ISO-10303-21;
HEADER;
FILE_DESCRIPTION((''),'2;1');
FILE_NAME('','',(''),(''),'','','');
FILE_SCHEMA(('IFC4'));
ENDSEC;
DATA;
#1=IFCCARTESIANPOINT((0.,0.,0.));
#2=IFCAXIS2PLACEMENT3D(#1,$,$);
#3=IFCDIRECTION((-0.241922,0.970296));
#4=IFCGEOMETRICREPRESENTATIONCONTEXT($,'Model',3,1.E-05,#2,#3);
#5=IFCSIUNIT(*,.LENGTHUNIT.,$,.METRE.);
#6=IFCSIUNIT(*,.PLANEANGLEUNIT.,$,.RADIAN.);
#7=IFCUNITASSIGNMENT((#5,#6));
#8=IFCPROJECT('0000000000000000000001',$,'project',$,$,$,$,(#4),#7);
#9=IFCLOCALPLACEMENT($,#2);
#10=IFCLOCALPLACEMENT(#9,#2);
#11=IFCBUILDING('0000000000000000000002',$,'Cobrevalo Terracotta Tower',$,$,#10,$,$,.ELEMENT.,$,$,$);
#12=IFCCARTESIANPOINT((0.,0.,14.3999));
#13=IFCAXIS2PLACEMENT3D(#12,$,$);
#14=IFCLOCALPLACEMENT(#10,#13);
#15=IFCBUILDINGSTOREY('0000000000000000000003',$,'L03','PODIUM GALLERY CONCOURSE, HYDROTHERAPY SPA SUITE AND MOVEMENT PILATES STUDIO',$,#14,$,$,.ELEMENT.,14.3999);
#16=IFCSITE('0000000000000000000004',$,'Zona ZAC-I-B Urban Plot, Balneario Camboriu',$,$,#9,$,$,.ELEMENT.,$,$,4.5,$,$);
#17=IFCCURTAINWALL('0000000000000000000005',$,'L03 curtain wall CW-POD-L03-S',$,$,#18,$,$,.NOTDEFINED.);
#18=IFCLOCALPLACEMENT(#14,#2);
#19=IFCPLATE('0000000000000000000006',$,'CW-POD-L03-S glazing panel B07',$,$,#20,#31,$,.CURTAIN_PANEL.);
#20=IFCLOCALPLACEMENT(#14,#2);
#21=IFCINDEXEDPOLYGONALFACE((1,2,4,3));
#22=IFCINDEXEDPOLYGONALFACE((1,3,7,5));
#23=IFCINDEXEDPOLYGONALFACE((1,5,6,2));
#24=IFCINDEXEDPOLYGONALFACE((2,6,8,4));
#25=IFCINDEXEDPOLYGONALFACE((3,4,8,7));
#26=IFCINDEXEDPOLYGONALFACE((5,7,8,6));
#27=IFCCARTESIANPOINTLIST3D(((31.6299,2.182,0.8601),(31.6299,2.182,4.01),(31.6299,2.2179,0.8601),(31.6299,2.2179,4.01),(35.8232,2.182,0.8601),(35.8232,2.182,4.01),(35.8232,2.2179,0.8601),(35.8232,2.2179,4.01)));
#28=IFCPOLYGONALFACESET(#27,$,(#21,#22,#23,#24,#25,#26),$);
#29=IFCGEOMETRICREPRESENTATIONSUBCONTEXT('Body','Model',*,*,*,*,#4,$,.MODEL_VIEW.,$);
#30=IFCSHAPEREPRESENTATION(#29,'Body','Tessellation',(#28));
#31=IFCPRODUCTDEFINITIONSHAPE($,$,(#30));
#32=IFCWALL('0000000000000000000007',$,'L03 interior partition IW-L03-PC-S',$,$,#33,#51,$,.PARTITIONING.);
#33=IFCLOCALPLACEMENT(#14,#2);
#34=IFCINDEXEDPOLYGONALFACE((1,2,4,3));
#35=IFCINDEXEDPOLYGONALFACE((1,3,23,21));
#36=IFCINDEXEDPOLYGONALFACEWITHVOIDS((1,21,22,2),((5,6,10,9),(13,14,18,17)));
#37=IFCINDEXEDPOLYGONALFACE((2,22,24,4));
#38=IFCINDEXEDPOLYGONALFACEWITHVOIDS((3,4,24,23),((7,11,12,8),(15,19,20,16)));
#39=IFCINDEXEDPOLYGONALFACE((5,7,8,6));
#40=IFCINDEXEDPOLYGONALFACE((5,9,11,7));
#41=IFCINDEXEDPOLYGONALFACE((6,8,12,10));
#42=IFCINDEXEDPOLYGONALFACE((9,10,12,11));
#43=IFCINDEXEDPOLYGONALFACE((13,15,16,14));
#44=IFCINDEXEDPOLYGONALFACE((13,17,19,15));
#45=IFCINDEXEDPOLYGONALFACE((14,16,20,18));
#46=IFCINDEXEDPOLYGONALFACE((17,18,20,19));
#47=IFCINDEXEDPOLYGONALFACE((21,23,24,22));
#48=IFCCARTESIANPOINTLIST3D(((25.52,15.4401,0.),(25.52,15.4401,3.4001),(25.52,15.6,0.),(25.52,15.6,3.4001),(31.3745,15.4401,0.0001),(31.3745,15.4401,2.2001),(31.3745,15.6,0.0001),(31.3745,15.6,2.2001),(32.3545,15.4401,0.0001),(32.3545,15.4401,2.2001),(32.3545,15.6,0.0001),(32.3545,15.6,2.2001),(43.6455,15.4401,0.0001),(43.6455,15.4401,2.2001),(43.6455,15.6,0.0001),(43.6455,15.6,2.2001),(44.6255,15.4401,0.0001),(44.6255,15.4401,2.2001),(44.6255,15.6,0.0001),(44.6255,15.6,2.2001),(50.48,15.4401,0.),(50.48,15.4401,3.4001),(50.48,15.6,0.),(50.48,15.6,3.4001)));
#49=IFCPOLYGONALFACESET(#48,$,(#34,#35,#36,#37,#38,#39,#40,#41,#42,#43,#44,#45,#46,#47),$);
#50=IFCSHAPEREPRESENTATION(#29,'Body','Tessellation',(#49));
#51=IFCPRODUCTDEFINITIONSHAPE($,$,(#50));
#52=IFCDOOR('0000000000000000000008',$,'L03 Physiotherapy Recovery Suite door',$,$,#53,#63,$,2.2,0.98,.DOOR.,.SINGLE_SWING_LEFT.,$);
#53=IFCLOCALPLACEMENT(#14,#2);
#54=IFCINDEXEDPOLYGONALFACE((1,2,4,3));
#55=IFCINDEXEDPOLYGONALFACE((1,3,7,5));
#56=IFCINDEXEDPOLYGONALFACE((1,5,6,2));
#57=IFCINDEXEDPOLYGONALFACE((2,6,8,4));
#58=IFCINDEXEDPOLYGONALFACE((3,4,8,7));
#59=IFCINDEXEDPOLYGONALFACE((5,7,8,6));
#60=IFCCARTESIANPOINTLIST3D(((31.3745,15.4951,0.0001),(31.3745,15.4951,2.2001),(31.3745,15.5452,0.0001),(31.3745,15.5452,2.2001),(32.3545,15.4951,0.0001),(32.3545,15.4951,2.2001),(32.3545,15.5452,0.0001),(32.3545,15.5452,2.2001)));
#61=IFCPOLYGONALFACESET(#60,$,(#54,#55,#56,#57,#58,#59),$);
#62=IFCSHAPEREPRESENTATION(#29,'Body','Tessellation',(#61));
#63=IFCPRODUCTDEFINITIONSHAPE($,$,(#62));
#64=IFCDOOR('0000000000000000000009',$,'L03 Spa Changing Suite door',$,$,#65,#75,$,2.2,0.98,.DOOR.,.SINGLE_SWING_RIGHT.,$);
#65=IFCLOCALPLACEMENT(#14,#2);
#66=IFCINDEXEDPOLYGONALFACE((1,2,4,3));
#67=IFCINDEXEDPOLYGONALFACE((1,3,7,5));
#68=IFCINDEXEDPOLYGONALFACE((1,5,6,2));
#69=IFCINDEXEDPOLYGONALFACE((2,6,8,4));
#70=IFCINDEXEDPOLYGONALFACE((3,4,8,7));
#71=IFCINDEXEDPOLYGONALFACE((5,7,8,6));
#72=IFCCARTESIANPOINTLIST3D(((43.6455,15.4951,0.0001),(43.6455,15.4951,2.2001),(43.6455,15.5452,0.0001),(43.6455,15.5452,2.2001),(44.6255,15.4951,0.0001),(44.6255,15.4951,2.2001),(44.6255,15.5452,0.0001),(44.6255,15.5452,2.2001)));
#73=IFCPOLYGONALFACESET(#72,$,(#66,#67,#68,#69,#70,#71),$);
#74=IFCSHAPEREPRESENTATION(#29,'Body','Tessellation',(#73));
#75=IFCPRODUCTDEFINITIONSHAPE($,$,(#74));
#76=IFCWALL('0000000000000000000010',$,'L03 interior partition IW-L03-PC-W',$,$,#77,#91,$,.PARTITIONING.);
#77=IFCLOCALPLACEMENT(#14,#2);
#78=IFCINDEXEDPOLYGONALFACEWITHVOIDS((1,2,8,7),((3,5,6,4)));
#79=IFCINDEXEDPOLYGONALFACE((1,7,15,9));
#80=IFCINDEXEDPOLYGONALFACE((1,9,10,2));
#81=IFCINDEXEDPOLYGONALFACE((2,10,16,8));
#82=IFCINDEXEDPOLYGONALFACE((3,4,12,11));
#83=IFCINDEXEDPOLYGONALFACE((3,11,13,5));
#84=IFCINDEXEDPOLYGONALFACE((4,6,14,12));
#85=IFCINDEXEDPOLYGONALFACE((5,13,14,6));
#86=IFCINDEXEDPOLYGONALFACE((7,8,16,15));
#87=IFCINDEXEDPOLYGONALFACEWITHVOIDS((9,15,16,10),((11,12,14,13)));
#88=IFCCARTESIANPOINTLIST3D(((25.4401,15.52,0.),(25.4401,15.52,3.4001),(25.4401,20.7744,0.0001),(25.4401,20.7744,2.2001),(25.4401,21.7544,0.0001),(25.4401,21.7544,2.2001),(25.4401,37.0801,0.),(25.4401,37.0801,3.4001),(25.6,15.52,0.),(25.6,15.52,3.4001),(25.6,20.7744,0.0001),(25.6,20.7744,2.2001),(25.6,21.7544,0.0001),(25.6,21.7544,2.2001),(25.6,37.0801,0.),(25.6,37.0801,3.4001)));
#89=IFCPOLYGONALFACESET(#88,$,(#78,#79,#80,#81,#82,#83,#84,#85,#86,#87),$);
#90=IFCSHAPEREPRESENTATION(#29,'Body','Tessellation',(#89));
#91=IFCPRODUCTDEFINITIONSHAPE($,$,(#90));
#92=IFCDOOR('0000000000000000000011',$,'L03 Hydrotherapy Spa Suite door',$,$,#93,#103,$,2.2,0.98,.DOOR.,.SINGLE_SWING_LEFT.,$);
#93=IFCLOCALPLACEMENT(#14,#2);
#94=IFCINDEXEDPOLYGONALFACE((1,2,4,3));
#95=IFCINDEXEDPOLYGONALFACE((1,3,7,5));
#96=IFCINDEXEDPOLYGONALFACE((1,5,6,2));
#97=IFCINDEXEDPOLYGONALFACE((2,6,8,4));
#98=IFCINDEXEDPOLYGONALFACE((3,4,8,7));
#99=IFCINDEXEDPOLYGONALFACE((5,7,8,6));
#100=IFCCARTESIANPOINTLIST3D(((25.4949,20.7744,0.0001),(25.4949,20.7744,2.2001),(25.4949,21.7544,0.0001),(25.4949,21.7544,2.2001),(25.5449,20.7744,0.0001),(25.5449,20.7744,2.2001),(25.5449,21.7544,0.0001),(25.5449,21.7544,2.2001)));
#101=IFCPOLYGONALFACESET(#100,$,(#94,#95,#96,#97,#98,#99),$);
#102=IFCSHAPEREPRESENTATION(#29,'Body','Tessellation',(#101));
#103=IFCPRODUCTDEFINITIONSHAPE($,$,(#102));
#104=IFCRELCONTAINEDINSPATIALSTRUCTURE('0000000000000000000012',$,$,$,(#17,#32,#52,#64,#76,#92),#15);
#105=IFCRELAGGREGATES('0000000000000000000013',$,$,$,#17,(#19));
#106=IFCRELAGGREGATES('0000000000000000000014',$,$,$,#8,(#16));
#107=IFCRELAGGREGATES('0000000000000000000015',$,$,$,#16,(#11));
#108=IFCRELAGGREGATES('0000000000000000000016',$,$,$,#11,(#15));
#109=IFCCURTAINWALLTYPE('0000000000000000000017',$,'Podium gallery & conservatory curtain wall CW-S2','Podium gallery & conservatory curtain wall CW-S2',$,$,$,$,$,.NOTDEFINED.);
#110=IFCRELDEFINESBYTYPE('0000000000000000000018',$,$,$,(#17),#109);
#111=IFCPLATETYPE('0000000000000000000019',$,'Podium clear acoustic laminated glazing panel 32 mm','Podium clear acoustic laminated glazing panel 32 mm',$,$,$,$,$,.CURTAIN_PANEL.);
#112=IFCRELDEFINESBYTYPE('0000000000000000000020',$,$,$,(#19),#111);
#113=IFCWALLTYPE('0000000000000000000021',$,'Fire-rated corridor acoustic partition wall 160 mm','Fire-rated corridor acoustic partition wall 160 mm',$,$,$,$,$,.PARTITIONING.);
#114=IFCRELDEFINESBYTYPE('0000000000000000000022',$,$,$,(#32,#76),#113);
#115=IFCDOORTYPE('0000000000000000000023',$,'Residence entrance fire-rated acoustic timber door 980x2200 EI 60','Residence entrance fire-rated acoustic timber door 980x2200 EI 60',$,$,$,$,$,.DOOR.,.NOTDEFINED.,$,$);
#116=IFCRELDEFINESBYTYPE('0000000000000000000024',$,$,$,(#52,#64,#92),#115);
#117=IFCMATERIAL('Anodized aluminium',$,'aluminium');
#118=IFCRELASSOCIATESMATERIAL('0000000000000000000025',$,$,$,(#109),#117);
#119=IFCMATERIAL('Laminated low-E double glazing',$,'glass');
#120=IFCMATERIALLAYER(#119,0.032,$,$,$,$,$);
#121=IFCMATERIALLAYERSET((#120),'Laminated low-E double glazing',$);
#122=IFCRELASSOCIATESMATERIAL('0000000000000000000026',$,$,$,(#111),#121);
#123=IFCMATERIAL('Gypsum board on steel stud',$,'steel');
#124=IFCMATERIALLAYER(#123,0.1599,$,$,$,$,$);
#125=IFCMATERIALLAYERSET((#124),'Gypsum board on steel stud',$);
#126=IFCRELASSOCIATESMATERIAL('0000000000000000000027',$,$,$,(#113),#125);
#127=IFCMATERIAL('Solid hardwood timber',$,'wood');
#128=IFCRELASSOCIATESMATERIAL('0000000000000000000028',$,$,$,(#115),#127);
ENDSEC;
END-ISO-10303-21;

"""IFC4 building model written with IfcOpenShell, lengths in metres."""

from ifc_helpers import new_model, si_unit, direction, frame, frame_2d, origin, origin_2d, place, context, subcontext, project, spatial, rectangle, extrude, source, transform, mapped, material, layer, layer_set, type_object, element, fill, aggregate, save


model = new_model("IFC4")

# Units and contexts
model_context = context("Model", 3, precision=1e-05, world=origin(), true_north=direction((-0.241922, 0.970296)))
body_context = subcontext(model_context, "Body", "Model", "MODEL_VIEW")
ifc_project = project(units=[si_unit("LENGTHUNIT", "METRE"), si_unit("PLANEANGLEUNIT", "RADIAN")], contexts=[model_context])

# Site, building, storey
site_placement = place(None, origin())
site = spatial("IfcSite", under=ifc_project, at=site_placement, Name="Zona ZAC-I-B Urban Plot, Balneario Camboriu", CompositionType="ELEMENT", RefElevation=4.5)
building_placement = place(site_placement, origin())
building = spatial("IfcBuilding", under=site, at=building_placement, Name="Cobrevalo Terracotta Tower", CompositionType="ELEMENT")
storey_placement = place(building_placement, frame((0.0, 0.0, 14.3999)))
storey = spatial("IfcBuildingStorey", under=building, at=storey_placement, Name="L03", Description="PODIUM GALLERY CONCOURSE, HYDROTHERAPY SPA SUITE AND MOVEMENT PILATES STUDIO", CompositionType="ELEMENT", Elevation=14.3999)

# Curtain wall, plate
ifc_material_1 = material(Name="Anodized aluminium", Category="aluminium")
curtain_wall_type = type_object("IfcCurtainWallType", Name="Podium gallery & conservatory curtain wall CW-S2", Description="Podium gallery & conservatory curtain wall CW-S2", PredefinedType="NOTDEFINED", material=ifc_material_1)
curtain_wall_placement = place(storey_placement, origin())
curtain_wall = element("IfcCurtainWall", 1, at=curtain_wall_placement, inside=storey, type_object=curtain_wall_type, Name="L03 curtain wall CW-POD-L03-S", PredefinedType="NOTDEFINED")
ifc_material_2 = material(Name="Laminated low-E double glazing", Category="glass")
ifc_layer_1 = layer(ifc_material_2, 0.032)
ifc_layer_set_1 = layer_set([ifc_layer_1], Name="Laminated low-E double glazing")
plate_type_1 = type_object("IfcPlateType", Name="Podium clear acoustic laminated glazing panel 32 mm", Description="Podium clear acoustic laminated glazing panel 32 mm", PredefinedType="CURTAIN_PANEL", material=ifc_layer_set_1)
shared_shape_1 = source(origin(), body_context, "Body", "SweptSolid", [
    extrude(rectangle(XDim=4.1934, YDim=0.0359, at=origin_2d()), origin(), (0.0, 0.0, 1.0), 3.1499),
])
plate_1_placement = place(storey_placement, frame((33.7266, 2.2, 0.8601), z_axis=(0.0, 0.0, 1.0), x_axis=(1.0, 0.0, 0.0)))
plate_1 = element("IfcPlate", 2, at=plate_1_placement, type_object=plate_type_1, Name="CW-POD-L03-S glazing panel B07", PredefinedType="CURTAIN_PANEL", context=body_context, shape_type="MappedRepresentation", body=[
    mapped(shared_shape_1, transform((0.0, 0.0, 0.0), scale=1.0)),
])
aggregate(curtain_wall, [plate_1])

# Wall, openings, doors
ifc_material_3 = material(Name="Gypsum board on steel stud", Category="steel")
ifc_layer_2 = layer(ifc_material_3, 0.1599)
ifc_layer_set_2 = layer_set([ifc_layer_2], Name="Gypsum board on steel stud")
wall_type = type_object("IfcWallType", Name="Fire-rated corridor acoustic partition wall 160 mm", Description="Fire-rated corridor acoustic partition wall 160 mm", PredefinedType="PARTITIONING", material=ifc_layer_set_2)
wall_1_placement = place(storey_placement, frame((25.52, 15.52, 0.0), z_axis=(0.0, 0.0, 1.0), x_axis=(1.0, 0.0, 0.0)))
wall_1 = element("IfcWall", 3, at=wall_1_placement, inside=storey, type_object=wall_type, Name="L03 interior partition IW-L03-PC-S", PredefinedType="PARTITIONING", context=body_context, shape_type="SweptSolid", body=[
    extrude(rectangle(XDim=24.96, YDim=0.1599, at=frame_2d((12.48, 0.0))), origin(), (0.0, 0.0, 1.0), 3.4001),
])
opening_1_placement = place(wall_1_placement, frame((5.8545, 0.0, 0.0)))
opening_1 = element("IfcOpeningElement", 4, at=opening_1_placement, cuts=wall_1, PredefinedType="OPENING", context=body_context, shape_type="SweptSolid", body=[
    extrude(rectangle(XDim=0.98, YDim=2.2, at=frame_2d((0.49, 1.1001))), frame((0.0, 0.0898, 0.0), z_axis=(0.0, -1.0, 0.0), x_axis=(1.0, 0.0, 0.0)), (0.0, 0.0, 1.0), 0.1799),
])
opening_2_placement = place(wall_1_placement, frame((18.1255, 0.0, 0.0)))
opening_2 = element("IfcOpeningElement", 5, at=opening_2_placement, cuts=wall_1, PredefinedType="OPENING", context=body_context, shape_type="SweptSolid", body=[
    extrude(rectangle(XDim=0.98, YDim=2.2, at=frame_2d((0.49, 1.1001))), frame((0.0, 0.0898, 0.0), z_axis=(0.0, -1.0, 0.0), x_axis=(1.0, 0.0, 0.0)), (0.0, 0.0, 1.0), 0.1799),
])
ifc_material_4 = material(Name="Solid hardwood timber", Category="wood")
door_type = type_object("IfcDoorType", Name="Residence entrance fire-rated acoustic timber door 980x2200 EI 60", Description="Residence entrance fire-rated acoustic timber door 980x2200 EI 60", OperationType="NOTDEFINED", PredefinedType="DOOR", material=ifc_material_4)
shared_shape_2 = source(origin(), body_context, "Body", "SweptSolid", [
    extrude(rectangle(XDim=0.98, YDim=2.2, at=frame_2d((0.49, 1.1001))), frame((0.0, 0.0249, 0.0), z_axis=(0.0, -1.0, 0.0), x_axis=(1.0, 0.0, 0.0)), (0.0, 0.0, 1.0), 0.05),
])
door_1_placement = place(opening_1_placement, frame((0.98, 0.0, 0.0), z_axis=(0.0, 0.0, 1.0), x_axis=(-1.0, 0.0, 0.0)))
door_1 = element("IfcDoor", 6, at=door_1_placement, inside=storey, type_object=door_type, Name="L03 Physiotherapy Recovery Suite door", OperationType="SINGLE_SWING_LEFT", OverallHeight=2.2, OverallWidth=0.98, PredefinedType="DOOR", context=body_context, shape_type="MappedRepresentation", body=[
    mapped(shared_shape_2, transform((0.0, 0.0, 0.0), scale=1.0)),
])
fill(opening_1, door_1)
door_2_placement = place(opening_2_placement, frame((0.98, 0.0, 0.0), z_axis=(0.0, 0.0, 1.0), x_axis=(-1.0, 0.0, 0.0)))
door_2 = element("IfcDoor", 7, at=door_2_placement, inside=storey, type_object=door_type, Name="L03 Spa Changing Suite door", OperationType="SINGLE_SWING_RIGHT", OverallHeight=2.2, OverallWidth=0.98, PredefinedType="DOOR", context=body_context, shape_type="MappedRepresentation", body=[
    mapped(shared_shape_2, transform((0.0, 0.0, 0.0), scale=1.0)),
])
fill(opening_2, door_2)

# Wall, opening, door
wall_2_placement = place(storey_placement, frame((25.52, 15.52, 0.0), z_axis=(0.0, 0.0, 1.0), x_axis=(0.0, 1.0, 0.0)))
wall_2 = element("IfcWall", 8, at=wall_2_placement, inside=storey, type_object=wall_type, Name="L03 interior partition IW-L03-PC-W", PredefinedType="PARTITIONING", context=body_context, shape_type="SweptSolid", body=[
    extrude(rectangle(XDim=21.5601, YDim=0.1599, at=frame_2d((10.78, 0.0))), origin(), (0.0, 0.0, 1.0), 3.4001),
])
opening_3_placement = place(wall_2_placement, frame((5.2544, 0.0, 0.0)))
opening_3 = element("IfcOpeningElement", 9, at=opening_3_placement, cuts=wall_2, PredefinedType="OPENING", context=body_context, shape_type="SweptSolid", body=[
    extrude(rectangle(XDim=0.98, YDim=2.2, at=frame_2d((0.49, 1.1001))), frame((0.0, 0.0898, 0.0), z_axis=(0.0, -1.0, 0.0), x_axis=(1.0, 0.0, 0.0)), (0.0, 0.0, 1.0), 0.1799),
])
door_3_placement = place(opening_3_placement, frame((0.98, 0.0, 0.0), z_axis=(0.0, 0.0, 1.0), x_axis=(-1.0, 0.0, 0.0)))
door_3 = element("IfcDoor", 10, at=door_3_placement, inside=storey, type_object=door_type, Name="L03 Hydrotherapy Spa Suite door", OperationType="SINGLE_SWING_LEFT", OverallHeight=2.2, OverallWidth=0.98, PredefinedType="DOOR", context=body_context, shape_type="MappedRepresentation", body=[
    mapped(shared_shape_2, transform((0.0, 0.0, 0.0), scale=1.0)),
])
fill(opening_3, door_3)

save(model, "model.ifc")
